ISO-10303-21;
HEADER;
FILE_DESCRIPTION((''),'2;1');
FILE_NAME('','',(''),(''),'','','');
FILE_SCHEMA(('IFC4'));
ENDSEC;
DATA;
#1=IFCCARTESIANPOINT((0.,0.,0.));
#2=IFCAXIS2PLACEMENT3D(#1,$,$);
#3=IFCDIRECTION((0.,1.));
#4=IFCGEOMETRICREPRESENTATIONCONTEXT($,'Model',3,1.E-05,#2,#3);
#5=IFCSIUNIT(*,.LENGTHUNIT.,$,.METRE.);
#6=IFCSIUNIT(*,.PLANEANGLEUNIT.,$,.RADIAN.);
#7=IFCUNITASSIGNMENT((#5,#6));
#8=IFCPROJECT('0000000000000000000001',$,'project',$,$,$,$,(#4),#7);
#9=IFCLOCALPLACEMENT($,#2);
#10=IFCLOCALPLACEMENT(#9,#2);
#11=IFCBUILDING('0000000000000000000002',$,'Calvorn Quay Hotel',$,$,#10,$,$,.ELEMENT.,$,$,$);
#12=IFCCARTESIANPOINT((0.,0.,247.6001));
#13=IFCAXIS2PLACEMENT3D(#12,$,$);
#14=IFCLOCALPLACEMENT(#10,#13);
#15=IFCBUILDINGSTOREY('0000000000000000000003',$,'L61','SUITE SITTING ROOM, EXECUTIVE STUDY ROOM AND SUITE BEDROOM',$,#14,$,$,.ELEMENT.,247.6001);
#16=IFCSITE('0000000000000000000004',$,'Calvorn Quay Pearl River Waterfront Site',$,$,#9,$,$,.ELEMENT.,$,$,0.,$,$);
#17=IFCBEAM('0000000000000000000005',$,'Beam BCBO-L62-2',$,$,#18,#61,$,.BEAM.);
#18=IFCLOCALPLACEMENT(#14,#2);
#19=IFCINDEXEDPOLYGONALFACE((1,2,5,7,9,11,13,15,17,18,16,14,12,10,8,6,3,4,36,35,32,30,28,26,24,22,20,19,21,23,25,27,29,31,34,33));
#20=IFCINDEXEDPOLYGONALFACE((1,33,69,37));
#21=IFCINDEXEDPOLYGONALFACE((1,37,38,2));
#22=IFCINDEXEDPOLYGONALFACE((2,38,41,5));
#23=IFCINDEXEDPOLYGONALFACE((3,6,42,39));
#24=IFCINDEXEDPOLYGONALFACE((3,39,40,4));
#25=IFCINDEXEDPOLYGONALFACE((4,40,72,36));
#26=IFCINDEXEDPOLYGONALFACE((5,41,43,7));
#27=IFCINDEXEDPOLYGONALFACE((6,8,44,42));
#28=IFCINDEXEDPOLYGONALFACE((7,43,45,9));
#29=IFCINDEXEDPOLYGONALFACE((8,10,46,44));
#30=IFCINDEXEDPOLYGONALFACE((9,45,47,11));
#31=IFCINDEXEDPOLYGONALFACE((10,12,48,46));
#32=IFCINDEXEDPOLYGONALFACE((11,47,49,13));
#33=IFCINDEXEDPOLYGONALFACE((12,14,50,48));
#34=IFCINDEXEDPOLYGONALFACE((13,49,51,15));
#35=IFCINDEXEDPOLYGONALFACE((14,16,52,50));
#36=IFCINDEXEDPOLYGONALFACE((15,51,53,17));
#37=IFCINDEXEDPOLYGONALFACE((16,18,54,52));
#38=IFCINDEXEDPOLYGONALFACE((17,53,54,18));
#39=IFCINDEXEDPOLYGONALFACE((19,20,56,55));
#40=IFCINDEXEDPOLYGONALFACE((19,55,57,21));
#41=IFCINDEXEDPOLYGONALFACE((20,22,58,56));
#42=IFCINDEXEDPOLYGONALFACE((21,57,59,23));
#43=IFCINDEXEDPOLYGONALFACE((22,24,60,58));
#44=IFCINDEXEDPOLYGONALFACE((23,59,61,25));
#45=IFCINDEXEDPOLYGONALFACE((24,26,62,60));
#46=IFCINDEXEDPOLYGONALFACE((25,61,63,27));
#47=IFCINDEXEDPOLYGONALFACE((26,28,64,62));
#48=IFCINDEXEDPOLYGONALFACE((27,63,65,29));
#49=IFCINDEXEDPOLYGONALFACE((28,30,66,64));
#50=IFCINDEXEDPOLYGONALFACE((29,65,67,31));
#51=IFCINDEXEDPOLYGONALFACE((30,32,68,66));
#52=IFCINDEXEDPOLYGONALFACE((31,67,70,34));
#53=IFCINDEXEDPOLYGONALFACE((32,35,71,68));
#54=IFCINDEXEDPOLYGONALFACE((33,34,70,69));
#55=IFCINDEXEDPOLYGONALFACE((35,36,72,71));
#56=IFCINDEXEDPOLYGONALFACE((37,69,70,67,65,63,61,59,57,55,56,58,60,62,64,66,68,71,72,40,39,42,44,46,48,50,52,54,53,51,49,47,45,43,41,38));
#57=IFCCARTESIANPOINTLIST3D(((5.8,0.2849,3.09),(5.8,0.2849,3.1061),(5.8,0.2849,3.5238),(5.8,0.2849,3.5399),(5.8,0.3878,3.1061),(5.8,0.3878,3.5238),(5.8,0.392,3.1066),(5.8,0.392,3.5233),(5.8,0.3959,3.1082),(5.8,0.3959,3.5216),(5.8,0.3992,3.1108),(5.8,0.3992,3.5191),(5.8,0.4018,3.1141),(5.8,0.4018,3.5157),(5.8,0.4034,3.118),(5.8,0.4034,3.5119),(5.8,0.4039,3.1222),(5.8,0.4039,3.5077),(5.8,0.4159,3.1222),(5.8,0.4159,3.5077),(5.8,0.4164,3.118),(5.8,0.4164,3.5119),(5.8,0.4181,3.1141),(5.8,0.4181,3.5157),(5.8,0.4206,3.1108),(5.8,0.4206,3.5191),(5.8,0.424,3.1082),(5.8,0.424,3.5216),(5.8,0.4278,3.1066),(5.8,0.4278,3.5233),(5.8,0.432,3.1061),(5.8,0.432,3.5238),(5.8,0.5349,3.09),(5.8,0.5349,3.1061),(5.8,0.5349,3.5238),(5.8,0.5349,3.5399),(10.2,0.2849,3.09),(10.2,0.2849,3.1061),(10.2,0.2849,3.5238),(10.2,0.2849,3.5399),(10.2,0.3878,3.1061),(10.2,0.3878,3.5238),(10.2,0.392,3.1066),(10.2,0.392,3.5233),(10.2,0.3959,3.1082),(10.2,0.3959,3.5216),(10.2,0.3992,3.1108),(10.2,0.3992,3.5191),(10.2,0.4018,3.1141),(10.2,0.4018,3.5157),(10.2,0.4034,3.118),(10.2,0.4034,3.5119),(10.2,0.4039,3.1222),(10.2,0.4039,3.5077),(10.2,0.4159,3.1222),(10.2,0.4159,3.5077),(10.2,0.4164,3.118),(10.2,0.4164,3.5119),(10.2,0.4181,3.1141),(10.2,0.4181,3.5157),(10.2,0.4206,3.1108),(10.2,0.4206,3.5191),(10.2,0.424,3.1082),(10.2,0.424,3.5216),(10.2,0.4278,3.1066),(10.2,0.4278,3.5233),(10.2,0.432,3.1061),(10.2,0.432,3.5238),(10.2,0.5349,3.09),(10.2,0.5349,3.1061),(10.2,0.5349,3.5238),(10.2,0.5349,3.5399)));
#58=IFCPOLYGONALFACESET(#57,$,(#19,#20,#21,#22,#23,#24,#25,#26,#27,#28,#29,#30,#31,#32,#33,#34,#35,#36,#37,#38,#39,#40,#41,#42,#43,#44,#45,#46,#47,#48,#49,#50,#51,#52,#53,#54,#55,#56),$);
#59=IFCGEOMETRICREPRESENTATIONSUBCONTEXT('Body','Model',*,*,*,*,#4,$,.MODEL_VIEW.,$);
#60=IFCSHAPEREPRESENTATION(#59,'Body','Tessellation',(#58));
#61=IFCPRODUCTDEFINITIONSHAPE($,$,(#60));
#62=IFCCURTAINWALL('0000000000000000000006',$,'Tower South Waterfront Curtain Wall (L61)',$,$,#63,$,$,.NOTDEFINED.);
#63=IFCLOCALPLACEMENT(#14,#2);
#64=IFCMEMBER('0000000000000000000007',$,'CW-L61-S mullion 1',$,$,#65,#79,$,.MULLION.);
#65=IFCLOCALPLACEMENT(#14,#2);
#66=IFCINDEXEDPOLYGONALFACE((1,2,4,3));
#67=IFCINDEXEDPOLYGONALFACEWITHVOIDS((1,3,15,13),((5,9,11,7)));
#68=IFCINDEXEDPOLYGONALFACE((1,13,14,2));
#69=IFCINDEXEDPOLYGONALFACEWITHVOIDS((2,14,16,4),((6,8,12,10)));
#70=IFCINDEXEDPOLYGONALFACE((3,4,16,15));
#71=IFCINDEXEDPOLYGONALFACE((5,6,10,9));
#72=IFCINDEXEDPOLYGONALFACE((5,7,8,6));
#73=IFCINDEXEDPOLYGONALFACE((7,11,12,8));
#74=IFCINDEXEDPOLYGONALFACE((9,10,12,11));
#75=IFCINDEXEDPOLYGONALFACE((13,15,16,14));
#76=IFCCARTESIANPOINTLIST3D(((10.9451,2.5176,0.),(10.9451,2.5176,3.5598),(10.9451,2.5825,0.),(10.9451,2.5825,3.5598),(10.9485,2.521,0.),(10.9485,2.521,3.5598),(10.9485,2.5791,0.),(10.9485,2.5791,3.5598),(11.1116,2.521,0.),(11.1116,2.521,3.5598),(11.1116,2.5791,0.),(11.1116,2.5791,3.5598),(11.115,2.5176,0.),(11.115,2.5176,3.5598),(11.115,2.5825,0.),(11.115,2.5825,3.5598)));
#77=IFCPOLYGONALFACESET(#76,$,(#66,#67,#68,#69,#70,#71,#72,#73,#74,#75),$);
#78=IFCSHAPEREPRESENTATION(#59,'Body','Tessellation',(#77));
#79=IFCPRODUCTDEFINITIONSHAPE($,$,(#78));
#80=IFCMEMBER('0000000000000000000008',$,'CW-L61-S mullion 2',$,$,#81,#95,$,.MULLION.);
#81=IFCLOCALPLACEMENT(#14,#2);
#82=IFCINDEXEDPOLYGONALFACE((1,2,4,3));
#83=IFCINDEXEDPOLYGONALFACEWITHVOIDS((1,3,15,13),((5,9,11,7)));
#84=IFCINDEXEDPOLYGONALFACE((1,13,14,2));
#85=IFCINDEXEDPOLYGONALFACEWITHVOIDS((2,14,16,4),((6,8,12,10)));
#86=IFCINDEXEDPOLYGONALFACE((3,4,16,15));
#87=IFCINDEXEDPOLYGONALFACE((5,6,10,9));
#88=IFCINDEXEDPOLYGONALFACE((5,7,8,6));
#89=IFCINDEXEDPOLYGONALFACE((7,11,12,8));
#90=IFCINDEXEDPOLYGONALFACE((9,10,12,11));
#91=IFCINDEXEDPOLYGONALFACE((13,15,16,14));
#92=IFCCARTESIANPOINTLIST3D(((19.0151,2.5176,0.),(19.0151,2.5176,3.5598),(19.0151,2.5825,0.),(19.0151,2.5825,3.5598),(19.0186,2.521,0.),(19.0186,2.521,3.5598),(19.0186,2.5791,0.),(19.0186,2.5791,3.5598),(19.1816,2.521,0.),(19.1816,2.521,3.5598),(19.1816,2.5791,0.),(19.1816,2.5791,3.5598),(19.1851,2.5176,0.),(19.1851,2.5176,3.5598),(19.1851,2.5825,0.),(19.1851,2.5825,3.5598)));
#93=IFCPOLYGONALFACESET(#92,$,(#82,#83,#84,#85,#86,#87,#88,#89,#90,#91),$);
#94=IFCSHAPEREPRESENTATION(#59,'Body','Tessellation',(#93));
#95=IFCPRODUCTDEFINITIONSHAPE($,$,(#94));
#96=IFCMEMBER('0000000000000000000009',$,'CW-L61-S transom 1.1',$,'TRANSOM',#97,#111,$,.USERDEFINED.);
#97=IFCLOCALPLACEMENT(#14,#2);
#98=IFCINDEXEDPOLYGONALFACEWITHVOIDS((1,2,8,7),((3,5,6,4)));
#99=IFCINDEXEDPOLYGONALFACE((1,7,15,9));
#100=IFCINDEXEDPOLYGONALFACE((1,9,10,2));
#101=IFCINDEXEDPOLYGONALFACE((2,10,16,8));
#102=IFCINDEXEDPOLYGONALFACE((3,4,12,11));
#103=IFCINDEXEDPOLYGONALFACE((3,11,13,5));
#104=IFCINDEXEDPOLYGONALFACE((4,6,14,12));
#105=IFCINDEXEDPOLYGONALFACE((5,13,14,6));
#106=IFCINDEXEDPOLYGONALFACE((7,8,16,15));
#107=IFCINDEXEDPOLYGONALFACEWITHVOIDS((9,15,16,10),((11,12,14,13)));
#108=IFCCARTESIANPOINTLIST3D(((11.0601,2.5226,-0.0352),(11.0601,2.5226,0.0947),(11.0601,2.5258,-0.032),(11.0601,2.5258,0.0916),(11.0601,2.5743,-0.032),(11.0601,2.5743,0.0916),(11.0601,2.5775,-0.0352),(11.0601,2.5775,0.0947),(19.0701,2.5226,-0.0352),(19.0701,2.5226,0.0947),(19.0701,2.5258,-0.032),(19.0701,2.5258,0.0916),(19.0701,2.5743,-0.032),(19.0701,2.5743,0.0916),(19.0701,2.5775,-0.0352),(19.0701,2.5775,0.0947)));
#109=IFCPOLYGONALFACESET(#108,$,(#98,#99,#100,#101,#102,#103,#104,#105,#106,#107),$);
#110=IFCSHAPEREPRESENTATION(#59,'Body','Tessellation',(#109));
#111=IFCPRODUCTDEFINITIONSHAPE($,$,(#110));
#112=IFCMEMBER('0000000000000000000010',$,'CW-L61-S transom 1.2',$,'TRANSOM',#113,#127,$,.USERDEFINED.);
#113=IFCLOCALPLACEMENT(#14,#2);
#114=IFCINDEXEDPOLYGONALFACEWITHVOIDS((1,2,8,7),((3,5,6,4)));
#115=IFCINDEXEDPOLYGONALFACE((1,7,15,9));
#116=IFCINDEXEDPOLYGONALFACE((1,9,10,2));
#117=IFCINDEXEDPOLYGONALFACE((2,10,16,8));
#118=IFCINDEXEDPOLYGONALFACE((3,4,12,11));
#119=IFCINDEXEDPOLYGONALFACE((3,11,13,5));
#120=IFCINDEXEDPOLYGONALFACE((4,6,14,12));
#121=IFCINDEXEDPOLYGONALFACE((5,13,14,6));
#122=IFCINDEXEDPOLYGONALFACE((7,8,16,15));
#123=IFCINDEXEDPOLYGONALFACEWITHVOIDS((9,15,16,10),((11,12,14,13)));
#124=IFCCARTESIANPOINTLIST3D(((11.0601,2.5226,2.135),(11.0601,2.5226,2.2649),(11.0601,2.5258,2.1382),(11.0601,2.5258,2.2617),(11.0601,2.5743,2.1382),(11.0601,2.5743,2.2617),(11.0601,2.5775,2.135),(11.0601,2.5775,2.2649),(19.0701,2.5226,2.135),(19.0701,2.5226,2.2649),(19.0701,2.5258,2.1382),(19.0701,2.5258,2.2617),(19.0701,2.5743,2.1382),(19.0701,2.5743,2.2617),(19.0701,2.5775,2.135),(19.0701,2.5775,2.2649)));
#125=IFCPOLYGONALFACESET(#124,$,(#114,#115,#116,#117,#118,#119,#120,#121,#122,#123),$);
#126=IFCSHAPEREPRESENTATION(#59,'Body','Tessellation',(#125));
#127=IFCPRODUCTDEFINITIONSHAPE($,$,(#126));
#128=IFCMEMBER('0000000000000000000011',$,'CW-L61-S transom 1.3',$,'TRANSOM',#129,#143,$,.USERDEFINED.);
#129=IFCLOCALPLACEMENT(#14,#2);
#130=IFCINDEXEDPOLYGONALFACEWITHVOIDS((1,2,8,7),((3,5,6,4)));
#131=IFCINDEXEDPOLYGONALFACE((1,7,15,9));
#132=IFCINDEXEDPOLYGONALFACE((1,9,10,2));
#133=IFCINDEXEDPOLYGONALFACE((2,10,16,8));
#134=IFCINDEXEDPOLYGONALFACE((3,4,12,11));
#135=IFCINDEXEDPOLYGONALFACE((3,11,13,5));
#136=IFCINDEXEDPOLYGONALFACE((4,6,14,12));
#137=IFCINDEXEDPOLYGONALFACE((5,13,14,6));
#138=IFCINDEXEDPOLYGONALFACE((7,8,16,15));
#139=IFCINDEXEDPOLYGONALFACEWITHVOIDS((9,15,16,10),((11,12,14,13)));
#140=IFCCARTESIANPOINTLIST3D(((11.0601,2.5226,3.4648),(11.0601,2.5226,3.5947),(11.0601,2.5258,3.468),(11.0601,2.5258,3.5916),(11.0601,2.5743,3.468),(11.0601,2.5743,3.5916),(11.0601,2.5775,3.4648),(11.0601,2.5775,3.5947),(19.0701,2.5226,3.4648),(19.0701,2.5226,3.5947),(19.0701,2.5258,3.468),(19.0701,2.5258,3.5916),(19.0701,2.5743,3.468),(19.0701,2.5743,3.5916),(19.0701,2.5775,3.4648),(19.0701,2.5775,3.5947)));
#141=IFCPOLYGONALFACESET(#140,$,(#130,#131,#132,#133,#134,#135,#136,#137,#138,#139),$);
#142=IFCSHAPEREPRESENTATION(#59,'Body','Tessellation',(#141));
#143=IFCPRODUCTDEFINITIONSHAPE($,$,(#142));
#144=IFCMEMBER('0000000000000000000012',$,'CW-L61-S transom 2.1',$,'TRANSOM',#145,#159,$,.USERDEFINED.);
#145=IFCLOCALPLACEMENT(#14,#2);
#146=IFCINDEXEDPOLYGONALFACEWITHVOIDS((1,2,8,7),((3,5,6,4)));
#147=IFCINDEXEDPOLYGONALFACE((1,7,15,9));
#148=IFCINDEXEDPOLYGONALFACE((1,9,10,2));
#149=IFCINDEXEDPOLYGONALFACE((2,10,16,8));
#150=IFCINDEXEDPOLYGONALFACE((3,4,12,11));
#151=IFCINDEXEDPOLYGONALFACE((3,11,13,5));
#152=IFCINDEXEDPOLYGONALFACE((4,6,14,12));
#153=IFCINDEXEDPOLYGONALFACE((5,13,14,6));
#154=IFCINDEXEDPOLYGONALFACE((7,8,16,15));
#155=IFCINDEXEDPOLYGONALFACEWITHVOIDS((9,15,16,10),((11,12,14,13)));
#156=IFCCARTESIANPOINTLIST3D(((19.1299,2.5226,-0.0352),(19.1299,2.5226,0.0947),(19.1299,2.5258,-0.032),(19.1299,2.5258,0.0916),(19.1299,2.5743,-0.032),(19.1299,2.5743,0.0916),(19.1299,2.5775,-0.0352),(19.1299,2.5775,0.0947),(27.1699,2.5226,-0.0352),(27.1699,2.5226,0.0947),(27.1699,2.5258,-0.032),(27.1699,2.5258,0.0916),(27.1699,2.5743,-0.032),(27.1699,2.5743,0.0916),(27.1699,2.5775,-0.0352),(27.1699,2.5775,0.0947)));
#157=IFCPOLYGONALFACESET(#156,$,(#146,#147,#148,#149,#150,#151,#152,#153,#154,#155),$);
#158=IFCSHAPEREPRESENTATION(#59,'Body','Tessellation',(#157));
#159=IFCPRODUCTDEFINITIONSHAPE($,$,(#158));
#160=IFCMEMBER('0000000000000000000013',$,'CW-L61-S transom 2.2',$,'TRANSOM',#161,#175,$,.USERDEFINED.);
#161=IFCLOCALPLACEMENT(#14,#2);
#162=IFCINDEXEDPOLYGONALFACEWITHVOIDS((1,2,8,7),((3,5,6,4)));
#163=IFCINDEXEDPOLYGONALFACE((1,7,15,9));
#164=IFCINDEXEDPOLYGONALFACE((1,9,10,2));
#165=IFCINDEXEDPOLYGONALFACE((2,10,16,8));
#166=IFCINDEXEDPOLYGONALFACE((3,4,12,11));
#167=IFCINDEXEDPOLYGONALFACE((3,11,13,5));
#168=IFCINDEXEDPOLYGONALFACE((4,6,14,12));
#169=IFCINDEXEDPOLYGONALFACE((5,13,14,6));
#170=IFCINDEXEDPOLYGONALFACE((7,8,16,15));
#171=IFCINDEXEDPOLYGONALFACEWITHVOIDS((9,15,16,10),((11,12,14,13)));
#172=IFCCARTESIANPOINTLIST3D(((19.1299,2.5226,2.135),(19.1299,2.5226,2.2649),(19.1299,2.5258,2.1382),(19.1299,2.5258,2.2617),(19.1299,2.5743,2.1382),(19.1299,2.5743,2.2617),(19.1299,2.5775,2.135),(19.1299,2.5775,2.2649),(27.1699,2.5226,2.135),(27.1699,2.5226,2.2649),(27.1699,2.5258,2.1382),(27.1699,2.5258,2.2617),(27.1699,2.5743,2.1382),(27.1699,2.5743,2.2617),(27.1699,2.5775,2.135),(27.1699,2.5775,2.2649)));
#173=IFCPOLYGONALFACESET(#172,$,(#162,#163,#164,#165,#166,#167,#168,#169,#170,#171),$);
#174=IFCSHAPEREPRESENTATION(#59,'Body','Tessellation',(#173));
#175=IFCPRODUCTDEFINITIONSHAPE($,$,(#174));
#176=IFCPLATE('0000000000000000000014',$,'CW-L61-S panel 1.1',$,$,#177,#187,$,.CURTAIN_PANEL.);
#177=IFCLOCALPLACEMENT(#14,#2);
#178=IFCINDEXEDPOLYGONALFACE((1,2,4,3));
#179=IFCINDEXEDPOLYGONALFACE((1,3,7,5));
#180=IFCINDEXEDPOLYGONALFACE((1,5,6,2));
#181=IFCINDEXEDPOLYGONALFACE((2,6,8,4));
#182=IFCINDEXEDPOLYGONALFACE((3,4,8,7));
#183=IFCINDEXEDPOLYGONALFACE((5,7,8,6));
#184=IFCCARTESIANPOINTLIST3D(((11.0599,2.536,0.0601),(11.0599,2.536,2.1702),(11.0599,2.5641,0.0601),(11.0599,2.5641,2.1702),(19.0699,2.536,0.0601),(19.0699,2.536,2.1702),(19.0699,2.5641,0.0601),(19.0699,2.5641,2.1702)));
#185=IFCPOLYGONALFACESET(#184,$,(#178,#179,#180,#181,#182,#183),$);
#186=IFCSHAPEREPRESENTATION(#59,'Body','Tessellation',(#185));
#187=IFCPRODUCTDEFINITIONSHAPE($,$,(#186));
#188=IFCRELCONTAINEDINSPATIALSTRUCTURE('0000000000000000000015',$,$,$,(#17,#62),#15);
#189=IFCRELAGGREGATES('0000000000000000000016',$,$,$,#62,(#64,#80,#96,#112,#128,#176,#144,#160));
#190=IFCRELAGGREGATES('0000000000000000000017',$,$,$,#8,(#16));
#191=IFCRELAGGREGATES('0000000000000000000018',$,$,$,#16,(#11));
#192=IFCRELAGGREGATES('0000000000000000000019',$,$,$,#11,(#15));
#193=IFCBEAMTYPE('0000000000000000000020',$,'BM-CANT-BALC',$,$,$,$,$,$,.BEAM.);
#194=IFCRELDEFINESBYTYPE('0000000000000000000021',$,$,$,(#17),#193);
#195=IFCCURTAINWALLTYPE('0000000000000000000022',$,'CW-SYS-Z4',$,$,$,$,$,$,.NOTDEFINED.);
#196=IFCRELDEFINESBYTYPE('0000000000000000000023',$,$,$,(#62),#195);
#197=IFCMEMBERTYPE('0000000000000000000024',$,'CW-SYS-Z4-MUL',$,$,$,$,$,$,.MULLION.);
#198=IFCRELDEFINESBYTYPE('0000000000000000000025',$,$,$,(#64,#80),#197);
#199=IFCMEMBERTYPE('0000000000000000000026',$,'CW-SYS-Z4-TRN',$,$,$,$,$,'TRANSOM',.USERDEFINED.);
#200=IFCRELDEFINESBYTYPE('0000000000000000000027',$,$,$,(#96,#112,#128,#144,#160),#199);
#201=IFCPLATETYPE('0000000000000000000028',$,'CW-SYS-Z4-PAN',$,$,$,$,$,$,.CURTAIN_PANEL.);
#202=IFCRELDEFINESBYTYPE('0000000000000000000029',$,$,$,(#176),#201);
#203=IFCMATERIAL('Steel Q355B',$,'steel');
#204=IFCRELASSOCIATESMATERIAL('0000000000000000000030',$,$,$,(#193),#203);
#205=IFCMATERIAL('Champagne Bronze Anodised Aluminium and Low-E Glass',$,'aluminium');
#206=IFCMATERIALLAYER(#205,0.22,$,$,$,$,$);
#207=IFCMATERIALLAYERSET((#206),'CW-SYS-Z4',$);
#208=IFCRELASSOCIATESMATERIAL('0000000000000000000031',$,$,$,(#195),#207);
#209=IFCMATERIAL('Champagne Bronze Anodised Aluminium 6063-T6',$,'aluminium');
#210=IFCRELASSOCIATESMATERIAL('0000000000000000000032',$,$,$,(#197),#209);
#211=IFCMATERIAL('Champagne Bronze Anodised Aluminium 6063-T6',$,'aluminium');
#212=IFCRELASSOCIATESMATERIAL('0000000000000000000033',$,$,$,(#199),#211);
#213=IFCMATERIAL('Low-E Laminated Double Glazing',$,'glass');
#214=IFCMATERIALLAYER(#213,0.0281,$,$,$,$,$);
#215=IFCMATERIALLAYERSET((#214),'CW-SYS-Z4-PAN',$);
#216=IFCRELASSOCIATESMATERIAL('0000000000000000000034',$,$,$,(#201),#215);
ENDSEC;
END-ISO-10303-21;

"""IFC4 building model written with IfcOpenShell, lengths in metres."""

from ifc_helpers import new_model, si_unit, direction, frame, origin, origin_2d, place, context, subcontext, project, spatial, rectangle, hollow_rectangle, i_section, extrude, material, layer, layer_set, material_profile, profile_set, type_object, element, aggregate, save


model = new_model("IFC4")

# Units and contexts
model_context = context("Model", 3, precision=1e-05, world=origin(), true_north=direction((0.0, 1.0)))
body_context = subcontext(model_context, "Body", "Model", "MODEL_VIEW")
ifc_project = project(units=[si_unit("LENGTHUNIT", "METRE"), si_unit("PLANEANGLEUNIT", "RADIAN")], contexts=[model_context])

# Site, building, storey
site_placement = place(None, origin())
site = spatial("IfcSite", under=ifc_project, at=site_placement, Name="Calvorn Quay Pearl River Waterfront Site", CompositionType="ELEMENT", RefElevation=0.0)
building_placement = place(site_placement, origin())
building = spatial("IfcBuilding", under=site, at=building_placement, Name="Calvorn Quay Hotel", CompositionType="ELEMENT")
storey_placement = place(building_placement, frame((0.0, 0.0, 247.6001)))
storey = spatial("IfcBuildingStorey", under=building, at=storey_placement, Name="L61", Description="SUITE SITTING ROOM, EXECUTIVE STUDY ROOM AND SUITE BEDROOM", CompositionType="ELEMENT", Elevation=247.6001)

# Beam
ifc_material_1 = material(Name="Steel Q355B", Category="steel")
ifc_material_profile_1 = material_profile(ifc_material_1, i_section(OverallWidth=0.25, OverallDepth=0.45, WebThickness=0.012, FlangeThickness=0.0161, FilletRadius=0.0161, at=origin_2d()), Name="HN450x250x12x16")
ifc_profile_set_1 = profile_set([ifc_material_profile_1], Name="Steel Q355B")
beam_type = type_object("IfcBeamType", Name="BM-CANT-BALC", PredefinedType="BEAM", material=ifc_profile_set_1)
beam_placement = place(storey_placement, frame((5.8, 0.4099, 3.3149), z_axis=(1.0, 0.0, 0.0), x_axis=(0.0, 1.0, 0.0)))
element("IfcBeam", 1, at=beam_placement, inside=storey, type_object=beam_type, Name="Beam BCBO-L62-2", PredefinedType="BEAM", context=body_context, shape_type="SweptSolid", body=[
    extrude(i_section(OverallWidth=0.25, OverallDepth=0.45, WebThickness=0.012, FlangeThickness=0.0161, FilletRadius=0.0161, at=origin_2d()), origin(), (0.0, 0.0, 1.0), 4.3999),
])

# Curtain wall, members, plate
ifc_material_2 = material(Name="Champagne Bronze Anodised Aluminium and Low-E Glass", Category="aluminium")
ifc_layer_1 = layer(ifc_material_2, 0.22)
ifc_layer_set_1 = layer_set([ifc_layer_1], Name="CW-SYS-Z4")
curtain_wall_type = type_object("IfcCurtainWallType", Name="CW-SYS-Z4", PredefinedType="NOTDEFINED", material=ifc_layer_set_1)
curtain_wall_placement = place(storey_placement, origin())
curtain_wall = element("IfcCurtainWall", 2, at=curtain_wall_placement, inside=storey, type_object=curtain_wall_type, Name="Tower South Waterfront Curtain Wall (L61)", PredefinedType="NOTDEFINED")
ifc_material_3 = material(Name="Champagne Bronze Anodised Aluminium 6063-T6", Category="aluminium")
ifc_material_profile_2 = material_profile(ifc_material_3, hollow_rectangle(XDim=0.0649, YDim=0.1699, WallThickness=0.0034, at=origin_2d()), Name="ALU-M170x65x3.5")
ifc_profile_set_2 = profile_set([ifc_material_profile_2], Name="Champagne Bronze Anodised Aluminium 6063-T6")
member_type_1 = type_object("IfcMemberType", Name="CW-SYS-Z4-MUL", PredefinedType="MULLION", material=ifc_profile_set_2)
member_1_placement = place(storey_placement, frame((11.03, 2.55, 0.0), z_axis=(0.0, 0.0, 1.0), x_axis=(0.0, 1.0, 0.0)))
member_1 = element("IfcMember", 3, at=member_1_placement, type_object=member_type_1, Name="CW-L61-S mullion 1", PredefinedType="MULLION", context=body_context, shape_type="SweptSolid", body=[
    extrude(hollow_rectangle(XDim=0.0649, YDim=0.1699, WallThickness=0.0034, at=origin_2d()), origin(), (0.0, 0.0, 1.0), 3.5598),
])
member_2_placement = place(storey_placement, frame((19.1001, 2.55, 0.0), z_axis=(0.0, 0.0, 1.0), x_axis=(0.0, 1.0, 0.0)))
member_2 = element("IfcMember", 4, at=member_2_placement, type_object=member_type_1, Name="CW-L61-S mullion 2", PredefinedType="MULLION", context=body_context, shape_type="SweptSolid", body=[
    extrude(hollow_rectangle(XDim=0.0649, YDim=0.1699, WallThickness=0.0034, at=origin_2d()), origin(), (0.0, 0.0, 1.0), 3.5598),
])
ifc_material_4 = material(Name="Champagne Bronze Anodised Aluminium 6063-T6", Category="aluminium")
ifc_material_profile_3 = material_profile(ifc_material_4, hollow_rectangle(XDim=0.0549, YDim=0.1299, WallThickness=0.0032, at=origin_2d()), Name="ALU-T130x55x3.2")
ifc_profile_set_3 = profile_set([ifc_material_profile_3], Name="Champagne Bronze Anodised Aluminium 6063-T6")
member_type_2 = type_object("IfcMemberType", Name="CW-SYS-Z4-TRN", ElementType="TRANSOM", PredefinedType="USERDEFINED", material=ifc_profile_set_3)
member_3_placement = place(storey_placement, frame((11.0601, 2.55, 0.0298), z_axis=(1.0, 0.0, 0.0), x_axis=(0.0, 1.0, 0.0)))
member_3 = element("IfcMember", 5, at=member_3_placement, type_object=member_type_2, Name="CW-L61-S transom 1.1", ObjectType="TRANSOM", PredefinedType="USERDEFINED", context=body_context, shape_type="SweptSolid", body=[
    extrude(hollow_rectangle(XDim=0.0549, YDim=0.1299, WallThickness=0.0032, at=origin_2d()), origin(), (0.0, 0.0, 1.0), 8.01),
])
member_4_placement = place(storey_placement, frame((11.0601, 2.55, 2.2), z_axis=(1.0, 0.0, 0.0), x_axis=(0.0, 1.0, 0.0)))
member_4 = element("IfcMember", 6, at=member_4_placement, type_object=member_type_2, Name="CW-L61-S transom 1.2", ObjectType="TRANSOM", PredefinedType="USERDEFINED", context=body_context, shape_type="SweptSolid", body=[
    extrude(hollow_rectangle(XDim=0.0549, YDim=0.1299, WallThickness=0.0032, at=origin_2d()), origin(), (0.0, 0.0, 1.0), 8.01),
])
member_5_placement = place(storey_placement, frame((11.0601, 2.55, 3.5298), z_axis=(1.0, 0.0, 0.0), x_axis=(0.0, 1.0, 0.0)))
member_5 = element("IfcMember", 7, at=member_5_placement, type_object=member_type_2, Name="CW-L61-S transom 1.3", ObjectType="TRANSOM", PredefinedType="USERDEFINED", context=body_context, shape_type="SweptSolid", body=[
    extrude(hollow_rectangle(XDim=0.0549, YDim=0.1299, WallThickness=0.0032, at=origin_2d()), origin(), (0.0, 0.0, 1.0), 8.01),
])
member_6_placement = place(storey_placement, frame((19.1299, 2.55, 0.0298), z_axis=(1.0, 0.0, 0.0), x_axis=(0.0, 1.0, 0.0)))
member_6 = element("IfcMember", 8, at=member_6_placement, type_object=member_type_2, Name="CW-L61-S transom 2.1", ObjectType="TRANSOM", PredefinedType="USERDEFINED", context=body_context, shape_type="SweptSolid", body=[
    extrude(hollow_rectangle(XDim=0.0549, YDim=0.1299, WallThickness=0.0032, at=origin_2d()), origin(), (0.0, 0.0, 1.0), 8.04),
])
member_7_placement = place(storey_placement, frame((19.1299, 2.55, 2.2), z_axis=(1.0, 0.0, 0.0), x_axis=(0.0, 1.0, 0.0)))
member_7 = element("IfcMember", 9, at=member_7_placement, type_object=member_type_2, Name="CW-L61-S transom 2.2", ObjectType="TRANSOM", PredefinedType="USERDEFINED", context=body_context, shape_type="SweptSolid", body=[
    extrude(hollow_rectangle(XDim=0.0549, YDim=0.1299, WallThickness=0.0032, at=origin_2d()), origin(), (0.0, 0.0, 1.0), 8.04),
])
ifc_material_5 = material(Name="Low-E Laminated Double Glazing", Category="glass")
ifc_layer_2 = layer(ifc_material_5, 0.0281)
ifc_layer_set_2 = layer_set([ifc_layer_2], Name="CW-SYS-Z4-PAN")
plate_type = type_object("IfcPlateType", Name="CW-SYS-Z4-PAN", PredefinedType="CURTAIN_PANEL", material=ifc_layer_set_2)
plate_1_placement = place(storey_placement, frame((15.0649, 2.55, 0.0601), z_axis=(0.0, 0.0, 1.0), x_axis=(1.0, 0.0, 0.0)))
plate_1 = element("IfcPlate", 10, at=plate_1_placement, type_object=plate_type, Name="CW-L61-S panel 1.1", PredefinedType="CURTAIN_PANEL", context=body_context, shape_type="SweptSolid", body=[
    extrude(rectangle(XDim=8.01, YDim=0.0281, at=origin_2d()), origin(), (0.0, 0.0, 1.0), 2.1101),
])
aggregate(curtain_wall, [member_1, member_2, member_3, member_4, member_5, plate_1, member_6, member_7])

save(model, "model.ifc")
